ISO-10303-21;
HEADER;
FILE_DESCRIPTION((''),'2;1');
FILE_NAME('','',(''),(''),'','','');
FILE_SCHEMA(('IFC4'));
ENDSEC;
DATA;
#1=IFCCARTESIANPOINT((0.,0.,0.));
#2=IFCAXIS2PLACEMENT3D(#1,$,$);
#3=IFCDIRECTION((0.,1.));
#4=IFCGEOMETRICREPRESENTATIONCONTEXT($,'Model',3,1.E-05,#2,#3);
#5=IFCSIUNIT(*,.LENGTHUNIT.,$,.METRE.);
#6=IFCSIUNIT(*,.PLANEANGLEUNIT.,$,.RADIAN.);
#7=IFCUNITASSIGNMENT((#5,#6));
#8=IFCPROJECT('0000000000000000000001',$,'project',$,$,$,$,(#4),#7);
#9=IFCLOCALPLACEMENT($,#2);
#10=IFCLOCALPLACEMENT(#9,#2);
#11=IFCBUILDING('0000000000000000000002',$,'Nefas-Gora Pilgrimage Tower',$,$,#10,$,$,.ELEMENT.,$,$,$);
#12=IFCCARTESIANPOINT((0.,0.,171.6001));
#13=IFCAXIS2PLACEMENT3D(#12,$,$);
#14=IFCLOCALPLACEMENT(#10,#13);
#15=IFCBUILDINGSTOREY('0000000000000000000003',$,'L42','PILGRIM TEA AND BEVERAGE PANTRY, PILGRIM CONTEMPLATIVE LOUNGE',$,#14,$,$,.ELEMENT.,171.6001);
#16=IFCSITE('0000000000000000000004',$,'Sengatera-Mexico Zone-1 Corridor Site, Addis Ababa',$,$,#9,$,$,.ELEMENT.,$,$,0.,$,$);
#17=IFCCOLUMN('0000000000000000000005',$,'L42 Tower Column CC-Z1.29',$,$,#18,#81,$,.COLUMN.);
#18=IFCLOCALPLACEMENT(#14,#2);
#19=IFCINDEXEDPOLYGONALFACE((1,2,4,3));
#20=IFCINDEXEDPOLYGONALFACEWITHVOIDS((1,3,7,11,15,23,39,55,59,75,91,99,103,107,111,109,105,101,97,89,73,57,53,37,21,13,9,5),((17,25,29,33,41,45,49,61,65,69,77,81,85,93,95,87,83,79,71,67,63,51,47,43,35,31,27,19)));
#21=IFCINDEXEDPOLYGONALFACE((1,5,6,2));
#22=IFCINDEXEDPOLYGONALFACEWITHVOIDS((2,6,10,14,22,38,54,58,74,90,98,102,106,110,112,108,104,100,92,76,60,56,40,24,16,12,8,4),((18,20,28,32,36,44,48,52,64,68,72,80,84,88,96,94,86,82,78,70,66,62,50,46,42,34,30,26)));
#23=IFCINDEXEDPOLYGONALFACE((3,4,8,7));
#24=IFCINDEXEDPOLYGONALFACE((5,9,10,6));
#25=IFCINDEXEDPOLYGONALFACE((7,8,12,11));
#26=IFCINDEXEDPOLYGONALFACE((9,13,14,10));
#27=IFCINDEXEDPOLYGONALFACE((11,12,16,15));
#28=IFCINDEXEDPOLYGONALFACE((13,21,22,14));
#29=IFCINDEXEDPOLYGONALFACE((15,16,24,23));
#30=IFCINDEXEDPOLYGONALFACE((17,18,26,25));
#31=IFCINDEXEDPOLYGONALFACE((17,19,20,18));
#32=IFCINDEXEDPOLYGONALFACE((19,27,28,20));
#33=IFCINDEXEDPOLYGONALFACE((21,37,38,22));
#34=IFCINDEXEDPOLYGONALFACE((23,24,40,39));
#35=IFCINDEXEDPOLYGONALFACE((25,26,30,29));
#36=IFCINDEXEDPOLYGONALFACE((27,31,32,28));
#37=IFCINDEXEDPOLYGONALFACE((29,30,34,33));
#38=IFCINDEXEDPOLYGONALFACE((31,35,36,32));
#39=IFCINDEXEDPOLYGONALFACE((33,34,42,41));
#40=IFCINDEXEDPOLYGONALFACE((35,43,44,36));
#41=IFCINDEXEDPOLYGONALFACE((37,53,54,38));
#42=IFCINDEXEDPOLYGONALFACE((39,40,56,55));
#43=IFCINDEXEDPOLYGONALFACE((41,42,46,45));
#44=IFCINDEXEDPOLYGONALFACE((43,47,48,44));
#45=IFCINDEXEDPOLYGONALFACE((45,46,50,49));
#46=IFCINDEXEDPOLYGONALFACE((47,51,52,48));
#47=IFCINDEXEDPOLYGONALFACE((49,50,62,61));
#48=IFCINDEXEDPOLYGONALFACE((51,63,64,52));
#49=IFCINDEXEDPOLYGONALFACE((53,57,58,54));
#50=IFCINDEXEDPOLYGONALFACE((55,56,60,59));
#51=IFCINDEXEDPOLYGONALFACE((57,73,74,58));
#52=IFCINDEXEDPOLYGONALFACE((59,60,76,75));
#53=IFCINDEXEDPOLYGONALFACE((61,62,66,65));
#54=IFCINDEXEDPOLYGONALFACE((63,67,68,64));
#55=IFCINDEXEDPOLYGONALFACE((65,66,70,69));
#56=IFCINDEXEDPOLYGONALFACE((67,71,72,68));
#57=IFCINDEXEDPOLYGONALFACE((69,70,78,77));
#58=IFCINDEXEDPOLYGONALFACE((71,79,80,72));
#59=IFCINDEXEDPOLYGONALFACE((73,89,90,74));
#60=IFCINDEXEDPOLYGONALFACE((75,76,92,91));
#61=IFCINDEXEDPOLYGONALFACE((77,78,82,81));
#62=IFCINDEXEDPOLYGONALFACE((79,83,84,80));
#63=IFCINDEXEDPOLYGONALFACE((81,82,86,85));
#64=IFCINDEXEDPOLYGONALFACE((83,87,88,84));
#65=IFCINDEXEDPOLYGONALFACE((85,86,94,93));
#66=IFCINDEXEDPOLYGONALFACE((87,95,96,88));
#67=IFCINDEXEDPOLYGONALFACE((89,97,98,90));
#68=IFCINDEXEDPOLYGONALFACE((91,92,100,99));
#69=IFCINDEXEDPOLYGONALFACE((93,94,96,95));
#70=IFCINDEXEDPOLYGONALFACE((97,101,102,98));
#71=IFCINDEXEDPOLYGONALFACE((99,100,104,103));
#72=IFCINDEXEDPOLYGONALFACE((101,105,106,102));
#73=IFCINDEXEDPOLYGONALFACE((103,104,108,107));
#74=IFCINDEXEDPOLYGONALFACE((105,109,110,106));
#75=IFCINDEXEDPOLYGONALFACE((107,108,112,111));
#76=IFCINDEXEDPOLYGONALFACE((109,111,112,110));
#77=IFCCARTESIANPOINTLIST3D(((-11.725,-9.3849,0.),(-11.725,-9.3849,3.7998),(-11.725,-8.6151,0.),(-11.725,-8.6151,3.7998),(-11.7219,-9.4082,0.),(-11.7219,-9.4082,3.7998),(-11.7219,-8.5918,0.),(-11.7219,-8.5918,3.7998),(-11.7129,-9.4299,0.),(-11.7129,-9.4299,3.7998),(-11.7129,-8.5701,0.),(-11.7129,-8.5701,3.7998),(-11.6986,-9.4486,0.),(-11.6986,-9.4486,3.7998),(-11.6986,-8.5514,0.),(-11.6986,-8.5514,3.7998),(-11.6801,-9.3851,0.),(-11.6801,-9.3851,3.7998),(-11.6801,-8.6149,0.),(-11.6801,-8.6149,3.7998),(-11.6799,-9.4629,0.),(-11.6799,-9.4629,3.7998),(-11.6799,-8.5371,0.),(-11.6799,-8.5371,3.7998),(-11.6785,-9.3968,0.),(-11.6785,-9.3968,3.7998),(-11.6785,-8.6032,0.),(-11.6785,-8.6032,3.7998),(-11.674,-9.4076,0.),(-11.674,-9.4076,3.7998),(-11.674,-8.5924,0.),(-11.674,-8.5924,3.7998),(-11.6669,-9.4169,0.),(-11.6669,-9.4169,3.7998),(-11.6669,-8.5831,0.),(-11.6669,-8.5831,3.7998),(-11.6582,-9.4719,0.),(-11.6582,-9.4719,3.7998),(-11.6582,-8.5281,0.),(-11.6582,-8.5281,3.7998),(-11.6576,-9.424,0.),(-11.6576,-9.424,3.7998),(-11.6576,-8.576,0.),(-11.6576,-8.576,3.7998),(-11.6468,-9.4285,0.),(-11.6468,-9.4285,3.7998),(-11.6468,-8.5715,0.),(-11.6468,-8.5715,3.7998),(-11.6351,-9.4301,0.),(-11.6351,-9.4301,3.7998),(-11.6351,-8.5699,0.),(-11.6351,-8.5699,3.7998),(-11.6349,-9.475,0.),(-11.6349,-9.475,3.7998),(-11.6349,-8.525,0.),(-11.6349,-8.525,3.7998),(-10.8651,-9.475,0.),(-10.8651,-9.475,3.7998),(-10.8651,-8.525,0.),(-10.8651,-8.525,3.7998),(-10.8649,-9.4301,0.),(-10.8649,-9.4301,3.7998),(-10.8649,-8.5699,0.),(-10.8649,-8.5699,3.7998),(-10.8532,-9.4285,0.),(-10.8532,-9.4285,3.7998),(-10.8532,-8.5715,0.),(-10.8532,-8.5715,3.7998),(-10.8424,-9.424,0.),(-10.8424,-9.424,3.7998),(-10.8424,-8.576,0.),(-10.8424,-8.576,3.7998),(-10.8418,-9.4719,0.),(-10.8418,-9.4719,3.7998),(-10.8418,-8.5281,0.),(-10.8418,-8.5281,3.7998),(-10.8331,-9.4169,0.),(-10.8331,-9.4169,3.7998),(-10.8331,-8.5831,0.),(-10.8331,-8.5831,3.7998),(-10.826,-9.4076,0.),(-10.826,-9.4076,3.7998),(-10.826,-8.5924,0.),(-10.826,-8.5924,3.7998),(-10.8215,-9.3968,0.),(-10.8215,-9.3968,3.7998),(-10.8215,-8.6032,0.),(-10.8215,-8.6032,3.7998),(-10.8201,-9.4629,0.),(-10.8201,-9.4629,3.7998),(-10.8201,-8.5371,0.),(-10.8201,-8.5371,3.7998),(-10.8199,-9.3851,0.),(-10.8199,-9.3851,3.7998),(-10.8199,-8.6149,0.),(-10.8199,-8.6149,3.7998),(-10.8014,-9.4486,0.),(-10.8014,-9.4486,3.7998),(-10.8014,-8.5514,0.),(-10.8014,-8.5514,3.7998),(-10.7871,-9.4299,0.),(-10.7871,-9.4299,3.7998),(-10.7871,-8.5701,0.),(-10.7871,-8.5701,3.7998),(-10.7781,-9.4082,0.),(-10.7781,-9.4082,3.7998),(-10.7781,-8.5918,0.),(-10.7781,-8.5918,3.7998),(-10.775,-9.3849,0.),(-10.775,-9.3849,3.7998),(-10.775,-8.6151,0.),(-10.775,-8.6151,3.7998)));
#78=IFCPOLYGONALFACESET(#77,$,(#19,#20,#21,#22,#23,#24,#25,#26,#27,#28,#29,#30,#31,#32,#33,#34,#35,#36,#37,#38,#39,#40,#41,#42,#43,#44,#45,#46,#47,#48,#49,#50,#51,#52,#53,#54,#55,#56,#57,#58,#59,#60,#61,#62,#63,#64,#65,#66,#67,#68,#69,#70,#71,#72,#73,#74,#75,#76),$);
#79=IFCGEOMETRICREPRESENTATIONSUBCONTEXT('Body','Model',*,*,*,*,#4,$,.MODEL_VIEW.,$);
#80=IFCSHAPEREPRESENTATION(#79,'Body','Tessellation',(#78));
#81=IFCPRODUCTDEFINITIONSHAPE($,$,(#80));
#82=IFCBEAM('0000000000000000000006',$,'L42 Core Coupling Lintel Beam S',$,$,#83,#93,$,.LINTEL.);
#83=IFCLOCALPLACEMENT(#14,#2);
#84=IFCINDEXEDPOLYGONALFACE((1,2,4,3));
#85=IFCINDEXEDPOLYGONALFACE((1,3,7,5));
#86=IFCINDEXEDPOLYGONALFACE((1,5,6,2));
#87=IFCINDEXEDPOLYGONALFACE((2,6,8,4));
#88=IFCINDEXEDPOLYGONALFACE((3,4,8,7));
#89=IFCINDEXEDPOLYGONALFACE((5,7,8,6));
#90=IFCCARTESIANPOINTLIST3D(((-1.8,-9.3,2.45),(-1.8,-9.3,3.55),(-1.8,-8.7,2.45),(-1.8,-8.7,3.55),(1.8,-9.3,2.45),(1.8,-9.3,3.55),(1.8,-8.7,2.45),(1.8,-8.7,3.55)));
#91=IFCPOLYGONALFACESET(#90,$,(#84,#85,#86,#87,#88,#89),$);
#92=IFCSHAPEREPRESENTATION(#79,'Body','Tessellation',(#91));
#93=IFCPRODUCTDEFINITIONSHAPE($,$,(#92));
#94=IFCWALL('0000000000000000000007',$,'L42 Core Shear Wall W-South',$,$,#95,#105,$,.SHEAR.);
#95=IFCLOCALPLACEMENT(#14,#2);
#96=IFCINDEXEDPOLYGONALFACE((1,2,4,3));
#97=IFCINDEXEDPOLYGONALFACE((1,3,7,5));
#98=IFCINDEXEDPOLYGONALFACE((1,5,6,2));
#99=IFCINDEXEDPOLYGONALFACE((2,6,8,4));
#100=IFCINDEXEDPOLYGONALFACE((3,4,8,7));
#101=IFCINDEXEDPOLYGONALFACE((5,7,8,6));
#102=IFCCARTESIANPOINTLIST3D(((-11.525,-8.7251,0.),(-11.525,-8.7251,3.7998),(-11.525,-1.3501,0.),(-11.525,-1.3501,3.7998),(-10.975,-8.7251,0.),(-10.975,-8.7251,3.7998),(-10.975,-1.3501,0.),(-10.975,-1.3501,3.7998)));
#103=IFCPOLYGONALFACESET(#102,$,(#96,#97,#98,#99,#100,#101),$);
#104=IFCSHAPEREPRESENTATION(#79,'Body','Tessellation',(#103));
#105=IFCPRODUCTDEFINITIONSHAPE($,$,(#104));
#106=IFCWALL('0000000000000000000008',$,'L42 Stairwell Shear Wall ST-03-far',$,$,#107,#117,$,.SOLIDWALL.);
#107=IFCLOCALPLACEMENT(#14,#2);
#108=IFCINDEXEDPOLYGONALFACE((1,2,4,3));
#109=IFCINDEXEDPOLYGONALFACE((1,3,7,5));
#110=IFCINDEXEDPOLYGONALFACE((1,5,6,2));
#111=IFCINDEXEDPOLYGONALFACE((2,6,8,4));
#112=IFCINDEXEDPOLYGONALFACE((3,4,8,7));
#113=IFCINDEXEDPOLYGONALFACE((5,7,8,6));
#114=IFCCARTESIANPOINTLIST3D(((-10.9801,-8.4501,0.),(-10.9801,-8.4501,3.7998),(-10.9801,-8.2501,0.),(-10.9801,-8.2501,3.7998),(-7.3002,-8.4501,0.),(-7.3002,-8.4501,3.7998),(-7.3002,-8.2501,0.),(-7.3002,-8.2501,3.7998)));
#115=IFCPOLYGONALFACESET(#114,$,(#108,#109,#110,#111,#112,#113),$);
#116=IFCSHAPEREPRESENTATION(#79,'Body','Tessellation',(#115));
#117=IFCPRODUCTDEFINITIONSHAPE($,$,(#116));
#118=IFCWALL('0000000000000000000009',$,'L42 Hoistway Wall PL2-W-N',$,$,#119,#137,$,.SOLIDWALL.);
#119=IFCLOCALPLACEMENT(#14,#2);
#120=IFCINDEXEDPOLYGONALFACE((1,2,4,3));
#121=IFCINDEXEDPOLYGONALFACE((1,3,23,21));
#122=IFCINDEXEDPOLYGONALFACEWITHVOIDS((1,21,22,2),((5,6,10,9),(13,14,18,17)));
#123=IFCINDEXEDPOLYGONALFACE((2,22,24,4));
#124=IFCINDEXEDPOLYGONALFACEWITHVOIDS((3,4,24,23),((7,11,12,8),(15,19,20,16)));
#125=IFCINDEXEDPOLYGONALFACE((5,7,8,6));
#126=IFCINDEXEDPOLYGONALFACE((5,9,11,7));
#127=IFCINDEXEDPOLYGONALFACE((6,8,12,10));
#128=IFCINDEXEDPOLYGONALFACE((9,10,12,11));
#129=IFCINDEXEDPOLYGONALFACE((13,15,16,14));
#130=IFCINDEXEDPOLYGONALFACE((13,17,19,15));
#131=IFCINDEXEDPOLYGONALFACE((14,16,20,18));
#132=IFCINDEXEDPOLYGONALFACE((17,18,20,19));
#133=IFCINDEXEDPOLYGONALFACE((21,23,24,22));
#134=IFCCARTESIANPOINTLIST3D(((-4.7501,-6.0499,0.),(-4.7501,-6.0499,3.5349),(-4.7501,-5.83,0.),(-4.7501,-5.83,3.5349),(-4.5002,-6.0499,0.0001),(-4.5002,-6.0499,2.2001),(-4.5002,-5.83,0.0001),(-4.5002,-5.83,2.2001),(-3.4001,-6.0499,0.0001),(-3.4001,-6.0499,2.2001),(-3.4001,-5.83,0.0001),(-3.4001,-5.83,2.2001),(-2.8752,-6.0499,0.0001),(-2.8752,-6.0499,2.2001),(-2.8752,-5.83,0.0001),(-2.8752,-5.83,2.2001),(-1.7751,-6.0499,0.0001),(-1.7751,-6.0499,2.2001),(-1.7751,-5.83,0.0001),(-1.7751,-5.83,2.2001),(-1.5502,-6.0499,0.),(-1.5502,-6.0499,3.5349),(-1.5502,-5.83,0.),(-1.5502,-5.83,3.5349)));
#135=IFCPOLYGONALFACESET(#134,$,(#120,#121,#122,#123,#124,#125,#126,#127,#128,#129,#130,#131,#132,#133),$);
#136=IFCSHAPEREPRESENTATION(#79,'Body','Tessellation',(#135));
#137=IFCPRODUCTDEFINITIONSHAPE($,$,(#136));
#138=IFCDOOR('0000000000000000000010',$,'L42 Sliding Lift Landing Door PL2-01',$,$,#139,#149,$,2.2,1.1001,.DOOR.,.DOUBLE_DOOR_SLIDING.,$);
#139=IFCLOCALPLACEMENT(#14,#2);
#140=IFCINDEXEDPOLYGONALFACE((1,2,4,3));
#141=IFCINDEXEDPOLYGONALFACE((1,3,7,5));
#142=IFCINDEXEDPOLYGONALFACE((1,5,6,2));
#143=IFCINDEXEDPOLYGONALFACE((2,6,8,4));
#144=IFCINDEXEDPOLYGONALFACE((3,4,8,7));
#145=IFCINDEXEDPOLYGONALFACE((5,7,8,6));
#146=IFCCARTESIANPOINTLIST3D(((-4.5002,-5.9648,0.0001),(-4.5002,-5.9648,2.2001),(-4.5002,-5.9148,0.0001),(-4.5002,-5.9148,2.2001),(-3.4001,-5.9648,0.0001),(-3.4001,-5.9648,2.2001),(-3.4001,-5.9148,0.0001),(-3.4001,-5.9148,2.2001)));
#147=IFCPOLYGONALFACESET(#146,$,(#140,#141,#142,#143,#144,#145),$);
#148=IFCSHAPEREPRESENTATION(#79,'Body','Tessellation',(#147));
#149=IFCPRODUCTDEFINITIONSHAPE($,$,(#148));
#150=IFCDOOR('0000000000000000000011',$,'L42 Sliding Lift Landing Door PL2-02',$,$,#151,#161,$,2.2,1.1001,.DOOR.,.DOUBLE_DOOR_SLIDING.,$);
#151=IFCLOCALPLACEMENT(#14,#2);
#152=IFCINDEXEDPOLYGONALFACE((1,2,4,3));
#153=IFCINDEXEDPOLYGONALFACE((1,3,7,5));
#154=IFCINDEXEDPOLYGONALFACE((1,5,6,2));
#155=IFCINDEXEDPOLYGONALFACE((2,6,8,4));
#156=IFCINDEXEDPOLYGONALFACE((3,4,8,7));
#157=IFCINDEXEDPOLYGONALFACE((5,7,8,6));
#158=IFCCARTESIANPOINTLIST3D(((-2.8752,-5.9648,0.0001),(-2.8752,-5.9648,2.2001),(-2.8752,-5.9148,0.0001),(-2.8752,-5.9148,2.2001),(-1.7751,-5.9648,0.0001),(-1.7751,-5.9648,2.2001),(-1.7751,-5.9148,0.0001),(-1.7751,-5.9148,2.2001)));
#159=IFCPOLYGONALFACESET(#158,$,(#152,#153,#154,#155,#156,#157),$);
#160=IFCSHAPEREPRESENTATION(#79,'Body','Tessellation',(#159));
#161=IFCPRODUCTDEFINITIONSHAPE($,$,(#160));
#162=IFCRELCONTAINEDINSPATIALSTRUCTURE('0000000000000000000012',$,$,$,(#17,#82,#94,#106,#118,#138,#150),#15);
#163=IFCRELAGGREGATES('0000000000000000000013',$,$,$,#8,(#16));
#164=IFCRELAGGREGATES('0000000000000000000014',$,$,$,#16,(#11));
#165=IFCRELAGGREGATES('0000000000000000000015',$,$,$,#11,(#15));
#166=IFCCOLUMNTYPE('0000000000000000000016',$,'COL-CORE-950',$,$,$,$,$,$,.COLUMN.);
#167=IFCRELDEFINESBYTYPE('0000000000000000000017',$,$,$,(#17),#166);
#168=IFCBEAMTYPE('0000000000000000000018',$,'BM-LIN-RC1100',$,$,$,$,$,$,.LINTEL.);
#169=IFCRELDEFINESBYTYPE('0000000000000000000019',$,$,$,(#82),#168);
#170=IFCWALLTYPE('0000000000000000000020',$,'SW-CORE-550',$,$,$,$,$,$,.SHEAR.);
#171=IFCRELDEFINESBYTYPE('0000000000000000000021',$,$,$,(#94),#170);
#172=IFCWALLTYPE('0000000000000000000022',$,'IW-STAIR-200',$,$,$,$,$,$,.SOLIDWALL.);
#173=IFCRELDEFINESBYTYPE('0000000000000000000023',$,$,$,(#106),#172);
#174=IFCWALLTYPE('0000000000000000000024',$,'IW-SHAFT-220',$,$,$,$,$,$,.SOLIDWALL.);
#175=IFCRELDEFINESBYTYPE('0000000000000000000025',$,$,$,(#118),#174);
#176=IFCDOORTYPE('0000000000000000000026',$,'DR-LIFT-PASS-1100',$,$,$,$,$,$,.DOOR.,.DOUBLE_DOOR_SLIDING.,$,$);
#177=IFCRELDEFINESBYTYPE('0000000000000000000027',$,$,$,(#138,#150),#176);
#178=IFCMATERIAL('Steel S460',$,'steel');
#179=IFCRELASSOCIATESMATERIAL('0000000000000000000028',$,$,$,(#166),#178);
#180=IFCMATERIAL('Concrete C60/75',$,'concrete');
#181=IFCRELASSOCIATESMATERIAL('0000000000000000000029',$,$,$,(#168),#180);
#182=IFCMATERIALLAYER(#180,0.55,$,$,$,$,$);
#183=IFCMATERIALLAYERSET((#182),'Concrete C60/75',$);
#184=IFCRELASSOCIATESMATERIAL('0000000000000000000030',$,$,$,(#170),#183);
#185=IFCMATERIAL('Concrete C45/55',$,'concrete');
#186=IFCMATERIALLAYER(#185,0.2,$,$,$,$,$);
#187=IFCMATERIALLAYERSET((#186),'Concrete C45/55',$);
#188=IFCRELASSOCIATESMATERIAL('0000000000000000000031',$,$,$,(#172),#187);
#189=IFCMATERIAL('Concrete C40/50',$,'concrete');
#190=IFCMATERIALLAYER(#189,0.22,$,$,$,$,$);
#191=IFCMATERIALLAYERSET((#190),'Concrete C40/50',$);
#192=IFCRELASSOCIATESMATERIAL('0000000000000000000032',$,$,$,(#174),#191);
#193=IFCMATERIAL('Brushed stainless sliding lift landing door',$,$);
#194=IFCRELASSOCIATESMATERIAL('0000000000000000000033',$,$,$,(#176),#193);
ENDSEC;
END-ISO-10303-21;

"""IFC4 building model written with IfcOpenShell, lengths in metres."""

from ifc_helpers import new_model, si_unit, direction, frame, frame_2d, origin, origin_2d, place, context, subcontext, project, spatial, rectangle, hollow_rectangle, extrude, source, transform, mapped, material, layer, layer_set, material_profile, profile_set, type_object, element, fill, save


model = new_model("IFC4")

# Units and contexts
model_context = context("Model", 3, precision=1e-05, world=origin(), true_north=direction((0.0, 1.0)))
body_context = subcontext(model_context, "Body", "Model", "MODEL_VIEW")
ifc_project = project(units=[si_unit("LENGTHUNIT", "METRE"), si_unit("PLANEANGLEUNIT", "RADIAN")], contexts=[model_context])

# Site, building, storey
site_placement = place(None, origin())
site = spatial("IfcSite", under=ifc_project, at=site_placement, Name="Sengatera-Mexico Zone-1 Corridor Site, Addis Ababa", CompositionType="ELEMENT", RefElevation=0.0)
building_placement = place(site_placement, origin())
building = spatial("IfcBuilding", under=site, at=building_placement, Name="Nefas-Gora Pilgrimage Tower", CompositionType="ELEMENT")
storey_placement = place(building_placement, frame((0.0, 0.0, 171.6001)))
storey = spatial("IfcBuildingStorey", under=building, at=storey_placement, Name="L42", Description="PILGRIM TEA AND BEVERAGE PANTRY, PILGRIM CONTEMPLATIVE LOUNGE", CompositionType="ELEMENT", Elevation=171.6001)

# Column
ifc_material_1 = material(Name="Steel S460", Category="steel")
ifc_material_profile_1 = material_profile(ifc_material_1, hollow_rectangle(XDim=0.95, YDim=0.95, WallThickness=0.0449, InnerFilletRadius=0.0449, OuterFilletRadius=0.0901, at=origin_2d()), Name="BOX 950x950x45")
ifc_profile_set_1 = profile_set([ifc_material_profile_1], Name="Steel S460")
column_type = type_object("IfcColumnType", Name="COL-CORE-950", PredefinedType="COLUMN", material=ifc_profile_set_1)
shared_shape_1 = source(origin(), body_context, "Body", "SweptSolid", [
    extrude(hollow_rectangle(XDim=0.95, YDim=0.95, WallThickness=0.0449, InnerFilletRadius=0.0449, OuterFilletRadius=0.0901, at=origin_2d()), origin(), (0.0, 0.0, 1.0), 3.7998),
])
column_placement = place(storey_placement, frame((-11.25, -9.0, 0.0), z_axis=(0.0, 0.0, 1.0), x_axis=(1.0, 0.0, 0.0)))
element("IfcColumn", 1, at=column_placement, inside=storey, type_object=column_type, Name="L42 Tower Column CC-Z1.29", PredefinedType="COLUMN", context=body_context, shape_type="MappedRepresentation", body=[
    mapped(shared_shape_1, transform((0.0, 0.0, 0.0), x_axis=(1.0, 0.0, 0.0), y_axis=(0.0, 1.0, 0.0), z_axis=(0.0, 0.0, 1.0), scale=1.0)),
])

# Beam
ifc_material_2 = material(Name="Concrete C60/75", Category="concrete")
ifc_material_profile_2 = material_profile(ifc_material_2, rectangle(XDim=0.6001, YDim=1.1001, at=origin_2d()), Name="RC 600x1100")
ifc_profile_set_2 = profile_set([ifc_material_profile_2], Name="Concrete C60/75")
beam_type = type_object("IfcBeamType", Name="BM-LIN-RC1100", PredefinedType="LINTEL", material=ifc_profile_set_2)
shared_shape_2 = source(origin(), body_context, "Body", "SweptSolid", [
    extrude(rectangle(XDim=0.6001, YDim=1.1001, at=origin_2d()), origin(), (0.0, 0.0, 1.0), 3.6001),
])
beam_placement = place(storey_placement, frame((-1.8, -9.0, 3.0), z_axis=(1.0, 0.0, 0.0), x_axis=(0.0, 1.0, 0.0)))
element("IfcBeam", 2, at=beam_placement, inside=storey, type_object=beam_type, Name="L42 Core Coupling Lintel Beam S", PredefinedType="LINTEL", context=body_context, shape_type="MappedRepresentation", body=[
    mapped(shared_shape_2, transform((0.0, 0.0, 0.0), x_axis=(1.0, 0.0, 0.0), y_axis=(0.0, 1.0, 0.0), z_axis=(0.0, 0.0, 1.0), scale=1.0)),
])

# Walls
ifc_layer_1 = layer(ifc_material_2, 0.55)
ifc_layer_set_1 = layer_set([ifc_layer_1], Name="Concrete C60/75")
wall_type_1 = type_object("IfcWallType", Name="SW-CORE-550", PredefinedType="SHEAR", material=ifc_layer_set_1)
shared_shape_3 = source(origin(), body_context, "Body", "SweptSolid", [
    extrude(rectangle(XDim=7.375, YDim=0.55, at=frame_2d((3.6875, 0.0))), origin(), (0.0, 0.0, 1.0), 3.7998),
])
wall_1_placement = place(storey_placement, frame((-11.25, -8.7251, 0.0), z_axis=(0.0, 0.0, 1.0), x_axis=(0.0, 1.0, 0.0)))
element("IfcWall", 3, at=wall_1_placement, inside=storey, type_object=wall_type_1, Name="L42 Core Shear Wall W-South", PredefinedType="SHEAR", context=body_context, shape_type="MappedRepresentation", body=[
    mapped(shared_shape_3, transform((0.0, 0.0, 0.0), x_axis=(1.0, 0.0, 0.0), y_axis=(0.0, 1.0, 0.0), z_axis=(0.0, 0.0, 1.0), scale=1.0)),
])
ifc_material_3 = material(Name="Concrete C45/55", Category="concrete")
ifc_layer_2 = layer(ifc_material_3, 0.2)
ifc_layer_set_2 = layer_set([ifc_layer_2], Name="Concrete C45/55")
wall_type_2 = type_object("IfcWallType", Name="IW-STAIR-200", PredefinedType="SOLIDWALL", material=ifc_layer_set_2)
shared_shape_4 = source(origin(), body_context, "Body", "SweptSolid", [
    extrude(rectangle(XDim=3.6799, YDim=0.2, at=frame_2d((1.8398, 0.0))), origin(), (0.0, 0.0, 1.0), 3.7998),
])
wall_2_placement = place(storey_placement, frame((-10.98, -8.3501, 0.0), z_axis=(0.0, 0.0, 1.0), x_axis=(1.0, 0.0, 0.0)))
element("IfcWall", 4, at=wall_2_placement, inside=storey, type_object=wall_type_2, Name="L42 Stairwell Shear Wall ST-03-far", PredefinedType="SOLIDWALL", context=body_context, shape_type="MappedRepresentation", body=[
    mapped(shared_shape_4, transform((0.0, 0.0, 0.0), x_axis=(1.0, 0.0, 0.0), y_axis=(0.0, 1.0, 0.0), z_axis=(0.0, 0.0, 1.0), scale=1.0)),
])

# Wall, openings, doors
ifc_material_4 = material(Name="Concrete C40/50", Category="concrete")
ifc_layer_3 = layer(ifc_material_4, 0.22)
ifc_layer_set_3 = layer_set([ifc_layer_3], Name="Concrete C40/50")
wall_type_3 = type_object("IfcWallType", Name="IW-SHAFT-220", PredefinedType="SOLIDWALL", material=ifc_layer_set_3)
shared_shape_5 = source(origin(), body_context, "Body", "SweptSolid", [
    extrude(rectangle(XDim=3.2, YDim=0.22, at=frame_2d((1.6001, 0.0))), origin(), (0.0, 0.0, 1.0), 3.5349),
])
wall_3_placement = place(storey_placement, frame((-1.55, -5.9399, 0.0), z_axis=(0.0, 0.0, 1.0), x_axis=(-1.0, 0.0, 0.0)))
wall_3 = element("IfcWall", 5, at=wall_3_placement, inside=storey, type_object=wall_type_3, Name="L42 Hoistway Wall PL2-W-N", PredefinedType="SOLIDWALL", context=body_context, shape_type="MappedRepresentation", body=[
    mapped(shared_shape_5, transform((0.0, 0.0, 0.0), x_axis=(1.0, 0.0, 0.0), y_axis=(0.0, 1.0, 0.0), z_axis=(0.0, 0.0, 1.0), scale=1.0)),
])
opening_1_placement = place(wall_3_placement, frame((1.8501, 0.0, 0.0)))
opening_1 = element("IfcOpeningElement", 6, at=opening_1_placement, cuts=wall_3, PredefinedType="OPENING", context=body_context, shape_type="SweptSolid", body=[
    extrude(rectangle(XDim=1.1001, YDim=2.2, at=frame_2d((0.55, 1.1001))), frame((0.0, 0.1199, 0.0), z_axis=(0.0, -1.0, 0.0), x_axis=(1.0, 0.0, 0.0)), (0.0, 0.0, 1.0), 0.24),
])
opening_2_placement = place(wall_3_placement, frame((0.2251, 0.0, 0.0)))
opening_2 = element("IfcOpeningElement", 7, at=opening_2_placement, cuts=wall_3, PredefinedType="OPENING", context=body_context, shape_type="SweptSolid", body=[
    extrude(rectangle(XDim=1.1001, YDim=2.2, at=frame_2d((0.55, 1.1001))), frame((0.0, 0.1199, 0.0), z_axis=(0.0, -1.0, 0.0), x_axis=(1.0, 0.0, 0.0)), (0.0, 0.0, 1.0), 0.24),
])
ifc_material_5 = material(Name="Brushed stainless sliding lift landing door")
door_type_1 = type_object("IfcDoorType", Name="DR-LIFT-PASS-1100", OperationType="DOUBLE_DOOR_SLIDING", PredefinedType="DOOR", material=ifc_material_5)
shared_shape_6 = source(origin(), body_context, "Body", "SweptSolid", [
    extrude(rectangle(XDim=1.1001, YDim=2.2, at=frame_2d((0.55, 1.1001))), frame((0.0, 0.0249, 0.0), z_axis=(0.0, -1.0, 0.0), x_axis=(1.0, 0.0, 0.0)), (0.0, 0.0, 1.0), 0.05),
])
door_1_placement = place(opening_1_placement, origin())
door_1 = element("IfcDoor", 8, at=door_1_placement, inside=storey, type_object=door_type_1, Name="L42 Sliding Lift Landing Door PL2-01", OperationType="DOUBLE_DOOR_SLIDING", OverallHeight=2.2, OverallWidth=1.1001, PredefinedType="DOOR", context=body_context, shape_type="MappedRepresentation", body=[
    mapped(shared_shape_6, transform((0.0, 0.0, 0.0), x_axis=(1.0, 0.0, 0.0), y_axis=(0.0, 1.0, 0.0), z_axis=(0.0, 0.0, 1.0), scale=1.0)),
])
fill(opening_1, door_1)
door_2_placement = place(opening_2_placement, origin())
door_2 = element("IfcDoor", 9, at=door_2_placement, inside=storey, type_object=door_type_1, Name="L42 Sliding Lift Landing Door PL2-02", OperationType="DOUBLE_DOOR_SLIDING", OverallHeight=2.2, OverallWidth=1.1001, PredefinedType="DOOR", context=body_context, shape_type="MappedRepresentation", body=[
    mapped(shared_shape_6, transform((0.0, 0.0, 0.0), x_axis=(1.0, 0.0, 0.0), y_axis=(0.0, 1.0, 0.0), z_axis=(0.0, 0.0, 1.0), scale=1.0)),
])
fill(opening_2, door_2)

save(model, "model.ifc")
